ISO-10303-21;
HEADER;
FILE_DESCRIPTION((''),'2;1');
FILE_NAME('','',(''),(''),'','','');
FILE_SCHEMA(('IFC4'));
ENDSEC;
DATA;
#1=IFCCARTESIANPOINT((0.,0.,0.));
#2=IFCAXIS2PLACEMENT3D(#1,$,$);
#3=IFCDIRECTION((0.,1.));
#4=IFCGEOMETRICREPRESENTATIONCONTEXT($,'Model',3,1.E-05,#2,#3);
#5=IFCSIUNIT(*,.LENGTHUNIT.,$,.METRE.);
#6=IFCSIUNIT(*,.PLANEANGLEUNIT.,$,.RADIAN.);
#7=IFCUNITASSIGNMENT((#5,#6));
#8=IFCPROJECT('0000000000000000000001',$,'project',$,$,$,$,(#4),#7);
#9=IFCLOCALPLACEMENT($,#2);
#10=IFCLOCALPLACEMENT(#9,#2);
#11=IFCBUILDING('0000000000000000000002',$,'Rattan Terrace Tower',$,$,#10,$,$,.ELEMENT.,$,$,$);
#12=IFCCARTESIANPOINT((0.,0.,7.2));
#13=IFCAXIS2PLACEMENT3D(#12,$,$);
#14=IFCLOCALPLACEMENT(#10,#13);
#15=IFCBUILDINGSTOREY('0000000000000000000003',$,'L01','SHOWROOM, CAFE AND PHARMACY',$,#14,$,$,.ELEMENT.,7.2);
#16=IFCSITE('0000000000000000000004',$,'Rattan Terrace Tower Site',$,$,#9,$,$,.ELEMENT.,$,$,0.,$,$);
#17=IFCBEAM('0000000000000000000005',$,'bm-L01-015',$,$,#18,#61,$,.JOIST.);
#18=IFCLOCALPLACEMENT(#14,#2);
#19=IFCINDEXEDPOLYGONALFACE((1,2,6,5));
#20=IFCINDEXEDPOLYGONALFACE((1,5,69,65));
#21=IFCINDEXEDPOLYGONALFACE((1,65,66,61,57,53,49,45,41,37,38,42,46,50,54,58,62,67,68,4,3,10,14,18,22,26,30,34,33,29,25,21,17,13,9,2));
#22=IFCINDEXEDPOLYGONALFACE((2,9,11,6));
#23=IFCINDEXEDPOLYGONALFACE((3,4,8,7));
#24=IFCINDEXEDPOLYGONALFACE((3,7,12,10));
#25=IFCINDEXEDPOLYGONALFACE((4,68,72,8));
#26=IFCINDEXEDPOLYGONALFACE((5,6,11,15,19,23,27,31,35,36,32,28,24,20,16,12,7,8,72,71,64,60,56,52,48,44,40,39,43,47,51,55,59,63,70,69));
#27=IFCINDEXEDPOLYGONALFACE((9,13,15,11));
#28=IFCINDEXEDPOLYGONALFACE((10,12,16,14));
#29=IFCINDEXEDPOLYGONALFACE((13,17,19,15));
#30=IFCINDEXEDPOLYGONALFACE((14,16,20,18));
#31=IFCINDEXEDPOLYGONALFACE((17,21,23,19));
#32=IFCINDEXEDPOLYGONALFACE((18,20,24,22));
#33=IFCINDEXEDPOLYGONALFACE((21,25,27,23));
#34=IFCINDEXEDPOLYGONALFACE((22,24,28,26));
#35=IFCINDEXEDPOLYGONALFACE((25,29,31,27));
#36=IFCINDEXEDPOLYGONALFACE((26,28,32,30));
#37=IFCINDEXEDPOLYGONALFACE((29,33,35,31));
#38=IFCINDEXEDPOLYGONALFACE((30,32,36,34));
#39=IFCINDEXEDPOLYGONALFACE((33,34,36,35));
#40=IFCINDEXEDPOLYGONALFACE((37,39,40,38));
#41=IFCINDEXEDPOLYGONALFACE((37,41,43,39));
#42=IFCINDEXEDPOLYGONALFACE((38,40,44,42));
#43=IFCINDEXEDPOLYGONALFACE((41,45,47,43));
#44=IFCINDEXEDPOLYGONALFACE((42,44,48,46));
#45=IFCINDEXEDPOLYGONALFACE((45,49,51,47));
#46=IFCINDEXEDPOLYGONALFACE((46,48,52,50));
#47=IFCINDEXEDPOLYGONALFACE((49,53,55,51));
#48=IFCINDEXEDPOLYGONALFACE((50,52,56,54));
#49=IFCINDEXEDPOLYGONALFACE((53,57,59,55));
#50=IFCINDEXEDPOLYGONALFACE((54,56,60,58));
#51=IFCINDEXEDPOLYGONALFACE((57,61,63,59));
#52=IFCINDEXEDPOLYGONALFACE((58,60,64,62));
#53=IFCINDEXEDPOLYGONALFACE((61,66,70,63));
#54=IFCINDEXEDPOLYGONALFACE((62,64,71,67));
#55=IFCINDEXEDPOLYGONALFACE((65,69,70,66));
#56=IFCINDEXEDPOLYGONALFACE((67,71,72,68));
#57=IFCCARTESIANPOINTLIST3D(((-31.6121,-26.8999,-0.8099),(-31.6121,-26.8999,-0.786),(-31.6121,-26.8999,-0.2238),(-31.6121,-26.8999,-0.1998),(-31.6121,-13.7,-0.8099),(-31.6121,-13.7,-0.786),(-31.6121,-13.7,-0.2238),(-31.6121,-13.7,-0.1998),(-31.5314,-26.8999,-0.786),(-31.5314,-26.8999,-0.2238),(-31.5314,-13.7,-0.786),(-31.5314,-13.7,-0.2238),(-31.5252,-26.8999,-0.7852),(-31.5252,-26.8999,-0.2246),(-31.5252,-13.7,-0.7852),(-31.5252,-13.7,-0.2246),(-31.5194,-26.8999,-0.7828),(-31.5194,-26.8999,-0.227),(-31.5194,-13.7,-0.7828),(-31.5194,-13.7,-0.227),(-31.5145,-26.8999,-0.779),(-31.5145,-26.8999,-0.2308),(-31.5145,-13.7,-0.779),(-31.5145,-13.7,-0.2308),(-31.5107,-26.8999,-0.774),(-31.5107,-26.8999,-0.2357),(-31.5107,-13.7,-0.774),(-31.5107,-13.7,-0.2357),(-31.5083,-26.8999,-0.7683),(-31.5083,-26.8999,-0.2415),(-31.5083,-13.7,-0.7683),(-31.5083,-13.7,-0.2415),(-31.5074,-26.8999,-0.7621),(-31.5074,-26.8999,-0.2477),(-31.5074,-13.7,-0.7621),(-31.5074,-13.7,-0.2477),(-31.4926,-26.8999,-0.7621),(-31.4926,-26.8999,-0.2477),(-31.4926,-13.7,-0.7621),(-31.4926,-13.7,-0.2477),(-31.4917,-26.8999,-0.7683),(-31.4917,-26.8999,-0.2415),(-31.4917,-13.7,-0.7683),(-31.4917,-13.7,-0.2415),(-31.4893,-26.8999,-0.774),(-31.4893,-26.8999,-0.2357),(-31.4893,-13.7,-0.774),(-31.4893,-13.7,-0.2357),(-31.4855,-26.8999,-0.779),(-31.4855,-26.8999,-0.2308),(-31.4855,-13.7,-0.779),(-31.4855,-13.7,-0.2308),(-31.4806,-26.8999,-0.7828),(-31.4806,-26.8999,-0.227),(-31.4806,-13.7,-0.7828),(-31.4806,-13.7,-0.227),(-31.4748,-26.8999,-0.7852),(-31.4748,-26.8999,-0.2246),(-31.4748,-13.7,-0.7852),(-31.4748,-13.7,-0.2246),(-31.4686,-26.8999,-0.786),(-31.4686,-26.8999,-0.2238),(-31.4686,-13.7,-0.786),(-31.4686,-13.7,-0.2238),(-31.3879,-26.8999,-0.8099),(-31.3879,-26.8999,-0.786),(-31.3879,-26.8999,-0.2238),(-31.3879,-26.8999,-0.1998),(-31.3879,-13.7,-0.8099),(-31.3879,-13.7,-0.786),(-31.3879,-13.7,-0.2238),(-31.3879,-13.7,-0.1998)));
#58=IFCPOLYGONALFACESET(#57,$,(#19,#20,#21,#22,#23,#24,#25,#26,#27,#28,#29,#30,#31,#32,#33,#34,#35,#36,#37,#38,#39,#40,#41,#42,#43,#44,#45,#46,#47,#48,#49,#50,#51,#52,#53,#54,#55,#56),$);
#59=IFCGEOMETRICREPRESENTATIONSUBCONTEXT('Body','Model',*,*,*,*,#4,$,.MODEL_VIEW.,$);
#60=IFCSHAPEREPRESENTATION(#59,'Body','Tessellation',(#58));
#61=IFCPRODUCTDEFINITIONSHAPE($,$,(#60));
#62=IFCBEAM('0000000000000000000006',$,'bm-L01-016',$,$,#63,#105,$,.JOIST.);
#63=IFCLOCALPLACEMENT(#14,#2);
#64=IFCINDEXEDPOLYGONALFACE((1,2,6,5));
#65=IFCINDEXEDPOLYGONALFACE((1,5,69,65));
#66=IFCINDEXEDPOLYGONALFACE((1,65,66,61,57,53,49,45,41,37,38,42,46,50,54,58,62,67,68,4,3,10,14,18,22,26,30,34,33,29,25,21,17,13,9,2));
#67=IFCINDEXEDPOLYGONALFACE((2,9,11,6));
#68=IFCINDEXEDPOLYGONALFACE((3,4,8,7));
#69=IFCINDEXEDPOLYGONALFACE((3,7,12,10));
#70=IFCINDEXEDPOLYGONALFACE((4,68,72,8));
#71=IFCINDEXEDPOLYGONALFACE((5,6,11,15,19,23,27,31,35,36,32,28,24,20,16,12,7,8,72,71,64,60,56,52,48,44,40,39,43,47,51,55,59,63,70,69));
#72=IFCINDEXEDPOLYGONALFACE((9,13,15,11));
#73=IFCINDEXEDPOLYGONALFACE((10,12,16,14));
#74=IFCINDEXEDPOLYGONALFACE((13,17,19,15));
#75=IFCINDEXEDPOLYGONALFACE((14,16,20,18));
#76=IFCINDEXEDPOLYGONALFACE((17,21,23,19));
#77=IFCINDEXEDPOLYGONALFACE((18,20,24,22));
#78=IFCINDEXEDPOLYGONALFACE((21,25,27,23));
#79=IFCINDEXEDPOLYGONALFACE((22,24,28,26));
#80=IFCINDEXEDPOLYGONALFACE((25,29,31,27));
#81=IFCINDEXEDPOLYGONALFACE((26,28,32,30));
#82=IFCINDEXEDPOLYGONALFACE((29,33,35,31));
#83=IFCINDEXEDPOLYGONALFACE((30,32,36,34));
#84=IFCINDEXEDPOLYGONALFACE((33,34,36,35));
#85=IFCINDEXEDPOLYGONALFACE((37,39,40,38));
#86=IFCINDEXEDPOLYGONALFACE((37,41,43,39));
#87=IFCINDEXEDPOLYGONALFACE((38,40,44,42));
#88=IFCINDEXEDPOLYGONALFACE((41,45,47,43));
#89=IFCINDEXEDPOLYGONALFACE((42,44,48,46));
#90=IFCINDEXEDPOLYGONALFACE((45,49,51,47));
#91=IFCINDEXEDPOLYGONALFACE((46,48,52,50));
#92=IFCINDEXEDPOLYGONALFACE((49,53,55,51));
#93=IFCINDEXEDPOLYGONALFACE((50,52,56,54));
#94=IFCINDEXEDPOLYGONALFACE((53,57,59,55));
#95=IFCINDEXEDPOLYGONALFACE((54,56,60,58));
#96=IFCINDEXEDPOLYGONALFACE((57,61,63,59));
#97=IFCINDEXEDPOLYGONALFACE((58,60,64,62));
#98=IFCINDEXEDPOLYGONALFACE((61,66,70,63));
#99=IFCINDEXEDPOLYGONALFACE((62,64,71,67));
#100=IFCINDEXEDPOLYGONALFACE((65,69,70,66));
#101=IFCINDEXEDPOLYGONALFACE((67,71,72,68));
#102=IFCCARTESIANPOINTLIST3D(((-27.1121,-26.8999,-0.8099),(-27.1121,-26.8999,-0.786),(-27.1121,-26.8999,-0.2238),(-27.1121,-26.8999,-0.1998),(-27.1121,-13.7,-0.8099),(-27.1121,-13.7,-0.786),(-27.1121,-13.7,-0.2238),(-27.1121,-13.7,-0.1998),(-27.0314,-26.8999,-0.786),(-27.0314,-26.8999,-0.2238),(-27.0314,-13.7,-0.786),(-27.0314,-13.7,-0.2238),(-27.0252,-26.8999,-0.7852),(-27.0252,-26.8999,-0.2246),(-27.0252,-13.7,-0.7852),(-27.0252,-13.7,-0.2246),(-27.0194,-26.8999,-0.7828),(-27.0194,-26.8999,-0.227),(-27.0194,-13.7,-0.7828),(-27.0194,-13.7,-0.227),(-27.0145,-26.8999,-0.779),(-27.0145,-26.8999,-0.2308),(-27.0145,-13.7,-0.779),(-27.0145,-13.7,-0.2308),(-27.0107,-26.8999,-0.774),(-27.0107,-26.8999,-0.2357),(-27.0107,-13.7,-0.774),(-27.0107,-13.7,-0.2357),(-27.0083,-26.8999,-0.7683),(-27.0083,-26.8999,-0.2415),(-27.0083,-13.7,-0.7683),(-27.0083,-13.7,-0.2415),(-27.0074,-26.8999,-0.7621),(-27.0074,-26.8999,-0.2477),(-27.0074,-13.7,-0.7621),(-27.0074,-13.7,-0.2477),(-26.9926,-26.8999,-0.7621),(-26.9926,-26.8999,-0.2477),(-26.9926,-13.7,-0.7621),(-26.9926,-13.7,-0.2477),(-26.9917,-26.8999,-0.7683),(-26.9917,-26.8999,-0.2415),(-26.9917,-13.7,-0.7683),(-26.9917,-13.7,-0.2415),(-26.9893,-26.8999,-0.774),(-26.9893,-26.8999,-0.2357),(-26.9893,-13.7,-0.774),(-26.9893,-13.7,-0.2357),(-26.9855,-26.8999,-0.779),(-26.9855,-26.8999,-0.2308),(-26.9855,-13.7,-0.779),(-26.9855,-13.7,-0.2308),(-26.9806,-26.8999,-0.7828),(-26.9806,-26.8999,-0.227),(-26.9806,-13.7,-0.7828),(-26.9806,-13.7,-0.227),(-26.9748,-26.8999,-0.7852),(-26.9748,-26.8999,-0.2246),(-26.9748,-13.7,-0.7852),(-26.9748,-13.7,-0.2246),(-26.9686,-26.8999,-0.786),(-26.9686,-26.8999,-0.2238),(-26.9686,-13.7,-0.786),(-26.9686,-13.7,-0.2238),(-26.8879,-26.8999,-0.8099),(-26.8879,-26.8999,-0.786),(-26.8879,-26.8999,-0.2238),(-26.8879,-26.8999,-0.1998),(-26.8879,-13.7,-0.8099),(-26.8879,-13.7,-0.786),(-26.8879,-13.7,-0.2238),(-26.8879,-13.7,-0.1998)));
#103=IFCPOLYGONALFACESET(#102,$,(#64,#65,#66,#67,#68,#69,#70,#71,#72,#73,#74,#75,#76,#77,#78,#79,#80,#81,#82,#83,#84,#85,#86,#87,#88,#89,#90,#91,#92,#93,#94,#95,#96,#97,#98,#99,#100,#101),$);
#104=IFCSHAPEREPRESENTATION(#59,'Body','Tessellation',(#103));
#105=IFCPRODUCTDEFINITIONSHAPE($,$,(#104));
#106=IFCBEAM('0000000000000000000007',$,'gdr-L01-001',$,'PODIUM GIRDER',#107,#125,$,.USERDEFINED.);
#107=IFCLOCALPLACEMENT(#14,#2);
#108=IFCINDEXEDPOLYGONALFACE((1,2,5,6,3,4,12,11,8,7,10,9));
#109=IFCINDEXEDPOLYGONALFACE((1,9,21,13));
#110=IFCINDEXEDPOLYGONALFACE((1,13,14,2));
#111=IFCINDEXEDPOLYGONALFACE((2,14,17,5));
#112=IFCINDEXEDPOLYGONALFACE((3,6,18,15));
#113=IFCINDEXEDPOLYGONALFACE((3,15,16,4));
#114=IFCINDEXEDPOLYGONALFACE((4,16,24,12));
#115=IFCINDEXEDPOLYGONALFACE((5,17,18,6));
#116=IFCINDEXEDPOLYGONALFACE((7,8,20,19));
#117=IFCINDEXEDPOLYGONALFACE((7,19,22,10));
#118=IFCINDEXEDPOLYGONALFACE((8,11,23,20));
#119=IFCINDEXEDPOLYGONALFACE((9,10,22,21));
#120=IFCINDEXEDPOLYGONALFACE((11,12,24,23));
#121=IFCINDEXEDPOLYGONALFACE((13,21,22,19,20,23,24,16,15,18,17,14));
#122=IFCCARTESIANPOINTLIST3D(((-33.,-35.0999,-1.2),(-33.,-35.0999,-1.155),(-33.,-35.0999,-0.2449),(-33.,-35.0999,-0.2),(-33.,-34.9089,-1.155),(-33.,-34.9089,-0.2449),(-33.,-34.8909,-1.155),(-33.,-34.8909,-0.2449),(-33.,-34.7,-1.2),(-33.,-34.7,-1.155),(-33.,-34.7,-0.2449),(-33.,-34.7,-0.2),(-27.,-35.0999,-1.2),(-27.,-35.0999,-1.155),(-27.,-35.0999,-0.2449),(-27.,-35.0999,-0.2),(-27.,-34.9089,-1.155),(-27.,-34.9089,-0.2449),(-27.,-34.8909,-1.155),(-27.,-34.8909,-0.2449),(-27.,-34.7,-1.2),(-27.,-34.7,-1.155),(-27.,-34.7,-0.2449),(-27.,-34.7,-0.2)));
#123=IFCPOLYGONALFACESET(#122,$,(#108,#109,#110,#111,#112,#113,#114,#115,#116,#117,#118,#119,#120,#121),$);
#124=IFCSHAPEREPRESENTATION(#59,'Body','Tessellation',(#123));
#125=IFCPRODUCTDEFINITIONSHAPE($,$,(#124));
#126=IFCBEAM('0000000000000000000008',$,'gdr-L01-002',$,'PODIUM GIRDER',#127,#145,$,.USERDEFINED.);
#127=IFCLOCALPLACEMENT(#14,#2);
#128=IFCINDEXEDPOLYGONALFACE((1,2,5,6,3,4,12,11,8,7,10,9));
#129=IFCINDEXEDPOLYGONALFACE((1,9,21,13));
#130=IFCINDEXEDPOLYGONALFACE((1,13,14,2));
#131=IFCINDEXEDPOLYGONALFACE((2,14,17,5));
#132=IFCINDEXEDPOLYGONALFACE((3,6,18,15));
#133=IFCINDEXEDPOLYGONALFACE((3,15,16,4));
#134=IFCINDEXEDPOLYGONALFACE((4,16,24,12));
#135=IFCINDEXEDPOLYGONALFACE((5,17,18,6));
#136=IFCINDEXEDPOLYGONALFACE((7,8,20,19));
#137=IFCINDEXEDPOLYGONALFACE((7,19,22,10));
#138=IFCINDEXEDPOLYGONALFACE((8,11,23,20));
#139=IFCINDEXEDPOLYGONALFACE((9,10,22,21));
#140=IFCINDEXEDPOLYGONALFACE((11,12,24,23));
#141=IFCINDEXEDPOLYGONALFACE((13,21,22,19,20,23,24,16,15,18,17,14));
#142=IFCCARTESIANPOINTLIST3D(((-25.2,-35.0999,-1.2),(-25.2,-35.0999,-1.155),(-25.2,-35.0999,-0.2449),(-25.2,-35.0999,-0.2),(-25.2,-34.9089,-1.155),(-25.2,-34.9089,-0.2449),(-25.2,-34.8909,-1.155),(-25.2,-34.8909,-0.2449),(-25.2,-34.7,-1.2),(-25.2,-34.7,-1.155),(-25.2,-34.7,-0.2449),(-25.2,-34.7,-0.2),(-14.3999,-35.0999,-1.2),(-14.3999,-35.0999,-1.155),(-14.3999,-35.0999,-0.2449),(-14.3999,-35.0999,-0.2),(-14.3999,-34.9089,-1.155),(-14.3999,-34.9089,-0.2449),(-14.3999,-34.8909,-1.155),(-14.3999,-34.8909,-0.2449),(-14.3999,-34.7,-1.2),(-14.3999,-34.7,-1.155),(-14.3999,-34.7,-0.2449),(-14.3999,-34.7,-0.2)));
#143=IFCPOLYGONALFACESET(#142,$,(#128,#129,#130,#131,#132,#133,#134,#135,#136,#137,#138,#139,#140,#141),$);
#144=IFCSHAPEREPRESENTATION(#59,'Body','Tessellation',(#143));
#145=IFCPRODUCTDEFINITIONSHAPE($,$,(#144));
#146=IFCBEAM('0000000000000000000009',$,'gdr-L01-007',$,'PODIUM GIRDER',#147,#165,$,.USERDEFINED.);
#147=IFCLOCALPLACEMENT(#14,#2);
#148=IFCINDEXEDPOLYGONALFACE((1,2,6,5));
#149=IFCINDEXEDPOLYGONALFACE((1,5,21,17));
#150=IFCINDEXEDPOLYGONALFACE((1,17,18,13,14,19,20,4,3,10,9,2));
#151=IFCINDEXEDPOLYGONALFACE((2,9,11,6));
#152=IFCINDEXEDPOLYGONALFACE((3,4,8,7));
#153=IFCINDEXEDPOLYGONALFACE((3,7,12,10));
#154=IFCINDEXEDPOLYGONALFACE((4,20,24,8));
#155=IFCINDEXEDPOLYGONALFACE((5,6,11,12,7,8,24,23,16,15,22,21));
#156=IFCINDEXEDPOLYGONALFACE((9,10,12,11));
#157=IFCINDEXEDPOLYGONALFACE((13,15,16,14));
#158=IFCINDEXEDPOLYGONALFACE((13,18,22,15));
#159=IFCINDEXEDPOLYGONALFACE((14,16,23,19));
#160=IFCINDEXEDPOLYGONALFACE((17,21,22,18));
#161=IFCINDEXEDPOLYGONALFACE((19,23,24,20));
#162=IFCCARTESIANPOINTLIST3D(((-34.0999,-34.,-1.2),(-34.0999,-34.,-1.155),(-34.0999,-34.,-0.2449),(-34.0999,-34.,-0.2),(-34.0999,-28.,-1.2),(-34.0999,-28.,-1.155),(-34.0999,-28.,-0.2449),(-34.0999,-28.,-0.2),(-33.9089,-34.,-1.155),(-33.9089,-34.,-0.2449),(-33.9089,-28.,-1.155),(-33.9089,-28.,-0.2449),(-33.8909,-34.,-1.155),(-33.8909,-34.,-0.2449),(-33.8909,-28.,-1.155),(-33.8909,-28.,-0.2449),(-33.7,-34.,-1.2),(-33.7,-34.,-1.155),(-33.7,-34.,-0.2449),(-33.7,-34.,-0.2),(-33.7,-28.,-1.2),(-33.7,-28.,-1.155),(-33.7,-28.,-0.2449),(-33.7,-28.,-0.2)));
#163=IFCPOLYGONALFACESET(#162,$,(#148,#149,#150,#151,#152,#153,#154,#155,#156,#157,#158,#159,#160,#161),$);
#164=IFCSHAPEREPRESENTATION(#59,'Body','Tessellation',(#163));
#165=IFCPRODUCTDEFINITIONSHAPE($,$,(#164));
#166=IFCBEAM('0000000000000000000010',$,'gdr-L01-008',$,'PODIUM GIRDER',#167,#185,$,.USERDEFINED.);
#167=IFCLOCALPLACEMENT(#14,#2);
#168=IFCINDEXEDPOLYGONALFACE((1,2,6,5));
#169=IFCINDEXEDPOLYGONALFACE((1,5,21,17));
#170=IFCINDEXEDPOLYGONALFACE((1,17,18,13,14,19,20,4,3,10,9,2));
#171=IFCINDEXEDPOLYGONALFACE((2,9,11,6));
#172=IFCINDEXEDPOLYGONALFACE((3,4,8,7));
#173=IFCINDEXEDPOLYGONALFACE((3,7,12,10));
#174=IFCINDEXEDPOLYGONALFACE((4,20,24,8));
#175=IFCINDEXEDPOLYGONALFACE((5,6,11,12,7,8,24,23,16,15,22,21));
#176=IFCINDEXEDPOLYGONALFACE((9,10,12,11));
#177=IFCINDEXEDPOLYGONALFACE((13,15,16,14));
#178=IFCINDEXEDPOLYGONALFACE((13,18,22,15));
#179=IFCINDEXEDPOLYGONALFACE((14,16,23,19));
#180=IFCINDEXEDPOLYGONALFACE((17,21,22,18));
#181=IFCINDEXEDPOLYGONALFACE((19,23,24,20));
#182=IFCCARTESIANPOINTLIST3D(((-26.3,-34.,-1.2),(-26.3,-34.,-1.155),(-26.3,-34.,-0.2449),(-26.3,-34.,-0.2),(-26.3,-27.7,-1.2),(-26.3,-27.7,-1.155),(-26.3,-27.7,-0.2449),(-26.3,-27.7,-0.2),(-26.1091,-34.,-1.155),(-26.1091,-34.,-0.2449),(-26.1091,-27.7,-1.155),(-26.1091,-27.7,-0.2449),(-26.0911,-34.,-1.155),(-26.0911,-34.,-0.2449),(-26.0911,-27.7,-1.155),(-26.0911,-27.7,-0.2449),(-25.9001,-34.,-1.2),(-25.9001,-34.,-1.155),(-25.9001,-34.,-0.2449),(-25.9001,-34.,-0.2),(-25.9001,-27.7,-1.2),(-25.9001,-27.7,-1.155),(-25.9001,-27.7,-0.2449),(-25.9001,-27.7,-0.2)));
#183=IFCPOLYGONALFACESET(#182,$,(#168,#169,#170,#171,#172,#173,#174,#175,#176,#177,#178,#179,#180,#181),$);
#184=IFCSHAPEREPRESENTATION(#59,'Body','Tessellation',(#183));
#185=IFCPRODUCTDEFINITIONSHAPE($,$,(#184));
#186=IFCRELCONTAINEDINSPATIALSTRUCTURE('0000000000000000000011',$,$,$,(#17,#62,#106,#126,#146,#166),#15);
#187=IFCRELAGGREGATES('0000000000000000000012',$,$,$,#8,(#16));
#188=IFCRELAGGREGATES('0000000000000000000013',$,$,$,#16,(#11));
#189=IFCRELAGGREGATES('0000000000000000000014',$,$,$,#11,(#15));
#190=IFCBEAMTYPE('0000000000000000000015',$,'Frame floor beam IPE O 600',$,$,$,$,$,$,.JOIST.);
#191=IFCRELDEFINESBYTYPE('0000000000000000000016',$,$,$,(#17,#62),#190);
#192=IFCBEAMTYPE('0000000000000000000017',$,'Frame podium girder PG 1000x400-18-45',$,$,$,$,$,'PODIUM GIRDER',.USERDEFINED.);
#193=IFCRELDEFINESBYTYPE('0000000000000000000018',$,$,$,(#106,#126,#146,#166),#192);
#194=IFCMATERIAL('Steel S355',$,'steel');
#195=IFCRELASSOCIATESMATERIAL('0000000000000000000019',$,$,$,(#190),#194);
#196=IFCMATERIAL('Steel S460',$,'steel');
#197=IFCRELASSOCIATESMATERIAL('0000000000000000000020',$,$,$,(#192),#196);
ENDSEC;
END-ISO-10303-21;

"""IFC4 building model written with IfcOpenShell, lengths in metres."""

from ifc_helpers import new_model, si_unit, direction, frame, origin, origin_2d, place, context, subcontext, project, spatial, i_section, extrude, material, material_profile, profile_set, type_object, element, save


model = new_model("IFC4")

# Units and contexts
model_context = context("Model", 3, precision=1e-05, world=origin(), true_north=direction((0.0, 1.0)))
body_context = subcontext(model_context, "Body", "Model", "MODEL_VIEW")
ifc_project = project(units=[si_unit("LENGTHUNIT", "METRE"), si_unit("PLANEANGLEUNIT", "RADIAN")], contexts=[model_context])

# Site, building, storey
site_placement = place(None, origin())
site = spatial("IfcSite", under=ifc_project, at=site_placement, Name="Rattan Terrace Tower Site", CompositionType="ELEMENT", RefElevation=0.0)
building_placement = place(site_placement, origin())
building = spatial("IfcBuilding", under=site, at=building_placement, Name="Rattan Terrace Tower", CompositionType="ELEMENT")
storey_placement = place(building_placement, frame((0.0, 0.0, 7.2)))
storey = spatial("IfcBuildingStorey", under=building, at=storey_placement, Name="L01", Description="SHOWROOM, CAFE AND PHARMACY", CompositionType="ELEMENT", Elevation=7.2)

# Beams
ifc_material_1 = material(Name="Steel S355", Category="steel")
ifc_material_profile_1 = material_profile(ifc_material_1, i_section(OverallWidth=0.2241, OverallDepth=0.6101, WebThickness=0.0149, FlangeThickness=0.0239, FilletRadius=0.0239, at=origin_2d()), Name="IPE O 600")
ifc_profile_set_1 = profile_set([ifc_material_profile_1], Name="Steel S355")
beam_type_1 = type_object("IfcBeamType", Name="Frame floor beam IPE O 600", PredefinedType="JOIST", material=ifc_profile_set_1)
for number, where, z_axis, x_axis, name in (
    (1, (-31.5, -26.8999, -0.5049), (0.0, 1.0, 0.0), (-1.0, 0.0, 0.0), "bm-L01-015"),
    (2, (-27.0, -26.8999, -0.5049), (0.0, 1.0, 0.0), (-1.0, 0.0, 0.0), "bm-L01-016"),
):
    element("IfcBeam", number, at=place(storey_placement, frame(where, z_axis=z_axis, x_axis=x_axis)), inside=storey, type_object=beam_type_1, Name=name, PredefinedType="JOIST", context=body_context, shape_type="SweptSolid", body=[
        extrude(i_section(OverallWidth=0.2241, OverallDepth=0.6101, WebThickness=0.0149, FlangeThickness=0.0239, FilletRadius=0.0239, at=origin_2d()), origin(), (0.0, 0.0, 1.0), 13.2),
    ])
ifc_material_2 = material(Name="Steel S460", Category="steel")
ifc_material_profile_2 = material_profile(ifc_material_2, i_section(OverallWidth=0.3999, OverallDepth=1.0, WebThickness=0.0181, FlangeThickness=0.0449, at=origin_2d()), Name="PG 1000x400-18-45")
ifc_profile_set_2 = profile_set([ifc_material_profile_2], Name="Steel S460")
beam_type_2 = type_object("IfcBeamType", Name="Frame podium girder PG 1000x400-18-45", ElementType="PODIUM GIRDER", PredefinedType="USERDEFINED", material=ifc_profile_set_2)
beam_1_placement = place(storey_placement, frame((-33.0, -34.8999, -0.7), z_axis=(1.0, 0.0, 0.0), x_axis=(0.0, 1.0, 0.0)))
element("IfcBeam", 3, at=beam_1_placement, inside=storey, type_object=beam_type_2, Name="gdr-L01-001", ObjectType="PODIUM GIRDER", PredefinedType="USERDEFINED", context=body_context, shape_type="SweptSolid", body=[
    extrude(i_section(OverallWidth=0.3999, OverallDepth=1.0, WebThickness=0.0181, FlangeThickness=0.0449, at=origin_2d()), origin(), (0.0, 0.0, 1.0), 6.0),
])
beam_2_placement = place(storey_placement, frame((-25.2, -34.8999, -0.7), z_axis=(1.0, 0.0, 0.0), x_axis=(0.0, 1.0, 0.0)))
element("IfcBeam", 4, at=beam_2_placement, inside=storey, type_object=beam_type_2, Name="gdr-L01-002", ObjectType="PODIUM GIRDER", PredefinedType="USERDEFINED", context=body_context, shape_type="SweptSolid", body=[
    extrude(i_section(OverallWidth=0.3999, OverallDepth=1.0, WebThickness=0.0181, FlangeThickness=0.0449, at=origin_2d()), origin(), (0.0, 0.0, 1.0), 10.8),
])
beam_3_placement = place(storey_placement, frame((-33.8999, -34.0, -0.7), z_axis=(0.0, 1.0, 0.0), x_axis=(-1.0, 0.0, 0.0)))
element("IfcBeam", 5, at=beam_3_placement, inside=storey, type_object=beam_type_2, Name="gdr-L01-007", ObjectType="PODIUM GIRDER", PredefinedType="USERDEFINED", context=body_context, shape_type="SweptSolid", body=[
    extrude(i_section(OverallWidth=0.3999, OverallDepth=1.0, WebThickness=0.0181, FlangeThickness=0.0449, at=origin_2d()), origin(), (0.0, 0.0, 1.0), 6.0),
])
for number, where, z_axis, x_axis, name in (
    (6, (-26.1001, -34.0, -0.7), (0.0, 1.0, 0.0), (-1.0, 0.0, 0.0), "gdr-L01-008"),
):
    element("IfcBeam", number, at=place(storey_placement, frame(where, z_axis=z_axis, x_axis=x_axis)), inside=storey, type_object=beam_type_2, Name=name, ObjectType="PODIUM GIRDER", PredefinedType="USERDEFINED", context=body_context, shape_type="SweptSolid", body=[
        extrude(i_section(OverallWidth=0.3999, OverallDepth=1.0, WebThickness=0.0181, FlangeThickness=0.0449, at=origin_2d()), origin(), (0.0, 0.0, 1.0), 6.3),
    ])

save(model, "model.ifc")
